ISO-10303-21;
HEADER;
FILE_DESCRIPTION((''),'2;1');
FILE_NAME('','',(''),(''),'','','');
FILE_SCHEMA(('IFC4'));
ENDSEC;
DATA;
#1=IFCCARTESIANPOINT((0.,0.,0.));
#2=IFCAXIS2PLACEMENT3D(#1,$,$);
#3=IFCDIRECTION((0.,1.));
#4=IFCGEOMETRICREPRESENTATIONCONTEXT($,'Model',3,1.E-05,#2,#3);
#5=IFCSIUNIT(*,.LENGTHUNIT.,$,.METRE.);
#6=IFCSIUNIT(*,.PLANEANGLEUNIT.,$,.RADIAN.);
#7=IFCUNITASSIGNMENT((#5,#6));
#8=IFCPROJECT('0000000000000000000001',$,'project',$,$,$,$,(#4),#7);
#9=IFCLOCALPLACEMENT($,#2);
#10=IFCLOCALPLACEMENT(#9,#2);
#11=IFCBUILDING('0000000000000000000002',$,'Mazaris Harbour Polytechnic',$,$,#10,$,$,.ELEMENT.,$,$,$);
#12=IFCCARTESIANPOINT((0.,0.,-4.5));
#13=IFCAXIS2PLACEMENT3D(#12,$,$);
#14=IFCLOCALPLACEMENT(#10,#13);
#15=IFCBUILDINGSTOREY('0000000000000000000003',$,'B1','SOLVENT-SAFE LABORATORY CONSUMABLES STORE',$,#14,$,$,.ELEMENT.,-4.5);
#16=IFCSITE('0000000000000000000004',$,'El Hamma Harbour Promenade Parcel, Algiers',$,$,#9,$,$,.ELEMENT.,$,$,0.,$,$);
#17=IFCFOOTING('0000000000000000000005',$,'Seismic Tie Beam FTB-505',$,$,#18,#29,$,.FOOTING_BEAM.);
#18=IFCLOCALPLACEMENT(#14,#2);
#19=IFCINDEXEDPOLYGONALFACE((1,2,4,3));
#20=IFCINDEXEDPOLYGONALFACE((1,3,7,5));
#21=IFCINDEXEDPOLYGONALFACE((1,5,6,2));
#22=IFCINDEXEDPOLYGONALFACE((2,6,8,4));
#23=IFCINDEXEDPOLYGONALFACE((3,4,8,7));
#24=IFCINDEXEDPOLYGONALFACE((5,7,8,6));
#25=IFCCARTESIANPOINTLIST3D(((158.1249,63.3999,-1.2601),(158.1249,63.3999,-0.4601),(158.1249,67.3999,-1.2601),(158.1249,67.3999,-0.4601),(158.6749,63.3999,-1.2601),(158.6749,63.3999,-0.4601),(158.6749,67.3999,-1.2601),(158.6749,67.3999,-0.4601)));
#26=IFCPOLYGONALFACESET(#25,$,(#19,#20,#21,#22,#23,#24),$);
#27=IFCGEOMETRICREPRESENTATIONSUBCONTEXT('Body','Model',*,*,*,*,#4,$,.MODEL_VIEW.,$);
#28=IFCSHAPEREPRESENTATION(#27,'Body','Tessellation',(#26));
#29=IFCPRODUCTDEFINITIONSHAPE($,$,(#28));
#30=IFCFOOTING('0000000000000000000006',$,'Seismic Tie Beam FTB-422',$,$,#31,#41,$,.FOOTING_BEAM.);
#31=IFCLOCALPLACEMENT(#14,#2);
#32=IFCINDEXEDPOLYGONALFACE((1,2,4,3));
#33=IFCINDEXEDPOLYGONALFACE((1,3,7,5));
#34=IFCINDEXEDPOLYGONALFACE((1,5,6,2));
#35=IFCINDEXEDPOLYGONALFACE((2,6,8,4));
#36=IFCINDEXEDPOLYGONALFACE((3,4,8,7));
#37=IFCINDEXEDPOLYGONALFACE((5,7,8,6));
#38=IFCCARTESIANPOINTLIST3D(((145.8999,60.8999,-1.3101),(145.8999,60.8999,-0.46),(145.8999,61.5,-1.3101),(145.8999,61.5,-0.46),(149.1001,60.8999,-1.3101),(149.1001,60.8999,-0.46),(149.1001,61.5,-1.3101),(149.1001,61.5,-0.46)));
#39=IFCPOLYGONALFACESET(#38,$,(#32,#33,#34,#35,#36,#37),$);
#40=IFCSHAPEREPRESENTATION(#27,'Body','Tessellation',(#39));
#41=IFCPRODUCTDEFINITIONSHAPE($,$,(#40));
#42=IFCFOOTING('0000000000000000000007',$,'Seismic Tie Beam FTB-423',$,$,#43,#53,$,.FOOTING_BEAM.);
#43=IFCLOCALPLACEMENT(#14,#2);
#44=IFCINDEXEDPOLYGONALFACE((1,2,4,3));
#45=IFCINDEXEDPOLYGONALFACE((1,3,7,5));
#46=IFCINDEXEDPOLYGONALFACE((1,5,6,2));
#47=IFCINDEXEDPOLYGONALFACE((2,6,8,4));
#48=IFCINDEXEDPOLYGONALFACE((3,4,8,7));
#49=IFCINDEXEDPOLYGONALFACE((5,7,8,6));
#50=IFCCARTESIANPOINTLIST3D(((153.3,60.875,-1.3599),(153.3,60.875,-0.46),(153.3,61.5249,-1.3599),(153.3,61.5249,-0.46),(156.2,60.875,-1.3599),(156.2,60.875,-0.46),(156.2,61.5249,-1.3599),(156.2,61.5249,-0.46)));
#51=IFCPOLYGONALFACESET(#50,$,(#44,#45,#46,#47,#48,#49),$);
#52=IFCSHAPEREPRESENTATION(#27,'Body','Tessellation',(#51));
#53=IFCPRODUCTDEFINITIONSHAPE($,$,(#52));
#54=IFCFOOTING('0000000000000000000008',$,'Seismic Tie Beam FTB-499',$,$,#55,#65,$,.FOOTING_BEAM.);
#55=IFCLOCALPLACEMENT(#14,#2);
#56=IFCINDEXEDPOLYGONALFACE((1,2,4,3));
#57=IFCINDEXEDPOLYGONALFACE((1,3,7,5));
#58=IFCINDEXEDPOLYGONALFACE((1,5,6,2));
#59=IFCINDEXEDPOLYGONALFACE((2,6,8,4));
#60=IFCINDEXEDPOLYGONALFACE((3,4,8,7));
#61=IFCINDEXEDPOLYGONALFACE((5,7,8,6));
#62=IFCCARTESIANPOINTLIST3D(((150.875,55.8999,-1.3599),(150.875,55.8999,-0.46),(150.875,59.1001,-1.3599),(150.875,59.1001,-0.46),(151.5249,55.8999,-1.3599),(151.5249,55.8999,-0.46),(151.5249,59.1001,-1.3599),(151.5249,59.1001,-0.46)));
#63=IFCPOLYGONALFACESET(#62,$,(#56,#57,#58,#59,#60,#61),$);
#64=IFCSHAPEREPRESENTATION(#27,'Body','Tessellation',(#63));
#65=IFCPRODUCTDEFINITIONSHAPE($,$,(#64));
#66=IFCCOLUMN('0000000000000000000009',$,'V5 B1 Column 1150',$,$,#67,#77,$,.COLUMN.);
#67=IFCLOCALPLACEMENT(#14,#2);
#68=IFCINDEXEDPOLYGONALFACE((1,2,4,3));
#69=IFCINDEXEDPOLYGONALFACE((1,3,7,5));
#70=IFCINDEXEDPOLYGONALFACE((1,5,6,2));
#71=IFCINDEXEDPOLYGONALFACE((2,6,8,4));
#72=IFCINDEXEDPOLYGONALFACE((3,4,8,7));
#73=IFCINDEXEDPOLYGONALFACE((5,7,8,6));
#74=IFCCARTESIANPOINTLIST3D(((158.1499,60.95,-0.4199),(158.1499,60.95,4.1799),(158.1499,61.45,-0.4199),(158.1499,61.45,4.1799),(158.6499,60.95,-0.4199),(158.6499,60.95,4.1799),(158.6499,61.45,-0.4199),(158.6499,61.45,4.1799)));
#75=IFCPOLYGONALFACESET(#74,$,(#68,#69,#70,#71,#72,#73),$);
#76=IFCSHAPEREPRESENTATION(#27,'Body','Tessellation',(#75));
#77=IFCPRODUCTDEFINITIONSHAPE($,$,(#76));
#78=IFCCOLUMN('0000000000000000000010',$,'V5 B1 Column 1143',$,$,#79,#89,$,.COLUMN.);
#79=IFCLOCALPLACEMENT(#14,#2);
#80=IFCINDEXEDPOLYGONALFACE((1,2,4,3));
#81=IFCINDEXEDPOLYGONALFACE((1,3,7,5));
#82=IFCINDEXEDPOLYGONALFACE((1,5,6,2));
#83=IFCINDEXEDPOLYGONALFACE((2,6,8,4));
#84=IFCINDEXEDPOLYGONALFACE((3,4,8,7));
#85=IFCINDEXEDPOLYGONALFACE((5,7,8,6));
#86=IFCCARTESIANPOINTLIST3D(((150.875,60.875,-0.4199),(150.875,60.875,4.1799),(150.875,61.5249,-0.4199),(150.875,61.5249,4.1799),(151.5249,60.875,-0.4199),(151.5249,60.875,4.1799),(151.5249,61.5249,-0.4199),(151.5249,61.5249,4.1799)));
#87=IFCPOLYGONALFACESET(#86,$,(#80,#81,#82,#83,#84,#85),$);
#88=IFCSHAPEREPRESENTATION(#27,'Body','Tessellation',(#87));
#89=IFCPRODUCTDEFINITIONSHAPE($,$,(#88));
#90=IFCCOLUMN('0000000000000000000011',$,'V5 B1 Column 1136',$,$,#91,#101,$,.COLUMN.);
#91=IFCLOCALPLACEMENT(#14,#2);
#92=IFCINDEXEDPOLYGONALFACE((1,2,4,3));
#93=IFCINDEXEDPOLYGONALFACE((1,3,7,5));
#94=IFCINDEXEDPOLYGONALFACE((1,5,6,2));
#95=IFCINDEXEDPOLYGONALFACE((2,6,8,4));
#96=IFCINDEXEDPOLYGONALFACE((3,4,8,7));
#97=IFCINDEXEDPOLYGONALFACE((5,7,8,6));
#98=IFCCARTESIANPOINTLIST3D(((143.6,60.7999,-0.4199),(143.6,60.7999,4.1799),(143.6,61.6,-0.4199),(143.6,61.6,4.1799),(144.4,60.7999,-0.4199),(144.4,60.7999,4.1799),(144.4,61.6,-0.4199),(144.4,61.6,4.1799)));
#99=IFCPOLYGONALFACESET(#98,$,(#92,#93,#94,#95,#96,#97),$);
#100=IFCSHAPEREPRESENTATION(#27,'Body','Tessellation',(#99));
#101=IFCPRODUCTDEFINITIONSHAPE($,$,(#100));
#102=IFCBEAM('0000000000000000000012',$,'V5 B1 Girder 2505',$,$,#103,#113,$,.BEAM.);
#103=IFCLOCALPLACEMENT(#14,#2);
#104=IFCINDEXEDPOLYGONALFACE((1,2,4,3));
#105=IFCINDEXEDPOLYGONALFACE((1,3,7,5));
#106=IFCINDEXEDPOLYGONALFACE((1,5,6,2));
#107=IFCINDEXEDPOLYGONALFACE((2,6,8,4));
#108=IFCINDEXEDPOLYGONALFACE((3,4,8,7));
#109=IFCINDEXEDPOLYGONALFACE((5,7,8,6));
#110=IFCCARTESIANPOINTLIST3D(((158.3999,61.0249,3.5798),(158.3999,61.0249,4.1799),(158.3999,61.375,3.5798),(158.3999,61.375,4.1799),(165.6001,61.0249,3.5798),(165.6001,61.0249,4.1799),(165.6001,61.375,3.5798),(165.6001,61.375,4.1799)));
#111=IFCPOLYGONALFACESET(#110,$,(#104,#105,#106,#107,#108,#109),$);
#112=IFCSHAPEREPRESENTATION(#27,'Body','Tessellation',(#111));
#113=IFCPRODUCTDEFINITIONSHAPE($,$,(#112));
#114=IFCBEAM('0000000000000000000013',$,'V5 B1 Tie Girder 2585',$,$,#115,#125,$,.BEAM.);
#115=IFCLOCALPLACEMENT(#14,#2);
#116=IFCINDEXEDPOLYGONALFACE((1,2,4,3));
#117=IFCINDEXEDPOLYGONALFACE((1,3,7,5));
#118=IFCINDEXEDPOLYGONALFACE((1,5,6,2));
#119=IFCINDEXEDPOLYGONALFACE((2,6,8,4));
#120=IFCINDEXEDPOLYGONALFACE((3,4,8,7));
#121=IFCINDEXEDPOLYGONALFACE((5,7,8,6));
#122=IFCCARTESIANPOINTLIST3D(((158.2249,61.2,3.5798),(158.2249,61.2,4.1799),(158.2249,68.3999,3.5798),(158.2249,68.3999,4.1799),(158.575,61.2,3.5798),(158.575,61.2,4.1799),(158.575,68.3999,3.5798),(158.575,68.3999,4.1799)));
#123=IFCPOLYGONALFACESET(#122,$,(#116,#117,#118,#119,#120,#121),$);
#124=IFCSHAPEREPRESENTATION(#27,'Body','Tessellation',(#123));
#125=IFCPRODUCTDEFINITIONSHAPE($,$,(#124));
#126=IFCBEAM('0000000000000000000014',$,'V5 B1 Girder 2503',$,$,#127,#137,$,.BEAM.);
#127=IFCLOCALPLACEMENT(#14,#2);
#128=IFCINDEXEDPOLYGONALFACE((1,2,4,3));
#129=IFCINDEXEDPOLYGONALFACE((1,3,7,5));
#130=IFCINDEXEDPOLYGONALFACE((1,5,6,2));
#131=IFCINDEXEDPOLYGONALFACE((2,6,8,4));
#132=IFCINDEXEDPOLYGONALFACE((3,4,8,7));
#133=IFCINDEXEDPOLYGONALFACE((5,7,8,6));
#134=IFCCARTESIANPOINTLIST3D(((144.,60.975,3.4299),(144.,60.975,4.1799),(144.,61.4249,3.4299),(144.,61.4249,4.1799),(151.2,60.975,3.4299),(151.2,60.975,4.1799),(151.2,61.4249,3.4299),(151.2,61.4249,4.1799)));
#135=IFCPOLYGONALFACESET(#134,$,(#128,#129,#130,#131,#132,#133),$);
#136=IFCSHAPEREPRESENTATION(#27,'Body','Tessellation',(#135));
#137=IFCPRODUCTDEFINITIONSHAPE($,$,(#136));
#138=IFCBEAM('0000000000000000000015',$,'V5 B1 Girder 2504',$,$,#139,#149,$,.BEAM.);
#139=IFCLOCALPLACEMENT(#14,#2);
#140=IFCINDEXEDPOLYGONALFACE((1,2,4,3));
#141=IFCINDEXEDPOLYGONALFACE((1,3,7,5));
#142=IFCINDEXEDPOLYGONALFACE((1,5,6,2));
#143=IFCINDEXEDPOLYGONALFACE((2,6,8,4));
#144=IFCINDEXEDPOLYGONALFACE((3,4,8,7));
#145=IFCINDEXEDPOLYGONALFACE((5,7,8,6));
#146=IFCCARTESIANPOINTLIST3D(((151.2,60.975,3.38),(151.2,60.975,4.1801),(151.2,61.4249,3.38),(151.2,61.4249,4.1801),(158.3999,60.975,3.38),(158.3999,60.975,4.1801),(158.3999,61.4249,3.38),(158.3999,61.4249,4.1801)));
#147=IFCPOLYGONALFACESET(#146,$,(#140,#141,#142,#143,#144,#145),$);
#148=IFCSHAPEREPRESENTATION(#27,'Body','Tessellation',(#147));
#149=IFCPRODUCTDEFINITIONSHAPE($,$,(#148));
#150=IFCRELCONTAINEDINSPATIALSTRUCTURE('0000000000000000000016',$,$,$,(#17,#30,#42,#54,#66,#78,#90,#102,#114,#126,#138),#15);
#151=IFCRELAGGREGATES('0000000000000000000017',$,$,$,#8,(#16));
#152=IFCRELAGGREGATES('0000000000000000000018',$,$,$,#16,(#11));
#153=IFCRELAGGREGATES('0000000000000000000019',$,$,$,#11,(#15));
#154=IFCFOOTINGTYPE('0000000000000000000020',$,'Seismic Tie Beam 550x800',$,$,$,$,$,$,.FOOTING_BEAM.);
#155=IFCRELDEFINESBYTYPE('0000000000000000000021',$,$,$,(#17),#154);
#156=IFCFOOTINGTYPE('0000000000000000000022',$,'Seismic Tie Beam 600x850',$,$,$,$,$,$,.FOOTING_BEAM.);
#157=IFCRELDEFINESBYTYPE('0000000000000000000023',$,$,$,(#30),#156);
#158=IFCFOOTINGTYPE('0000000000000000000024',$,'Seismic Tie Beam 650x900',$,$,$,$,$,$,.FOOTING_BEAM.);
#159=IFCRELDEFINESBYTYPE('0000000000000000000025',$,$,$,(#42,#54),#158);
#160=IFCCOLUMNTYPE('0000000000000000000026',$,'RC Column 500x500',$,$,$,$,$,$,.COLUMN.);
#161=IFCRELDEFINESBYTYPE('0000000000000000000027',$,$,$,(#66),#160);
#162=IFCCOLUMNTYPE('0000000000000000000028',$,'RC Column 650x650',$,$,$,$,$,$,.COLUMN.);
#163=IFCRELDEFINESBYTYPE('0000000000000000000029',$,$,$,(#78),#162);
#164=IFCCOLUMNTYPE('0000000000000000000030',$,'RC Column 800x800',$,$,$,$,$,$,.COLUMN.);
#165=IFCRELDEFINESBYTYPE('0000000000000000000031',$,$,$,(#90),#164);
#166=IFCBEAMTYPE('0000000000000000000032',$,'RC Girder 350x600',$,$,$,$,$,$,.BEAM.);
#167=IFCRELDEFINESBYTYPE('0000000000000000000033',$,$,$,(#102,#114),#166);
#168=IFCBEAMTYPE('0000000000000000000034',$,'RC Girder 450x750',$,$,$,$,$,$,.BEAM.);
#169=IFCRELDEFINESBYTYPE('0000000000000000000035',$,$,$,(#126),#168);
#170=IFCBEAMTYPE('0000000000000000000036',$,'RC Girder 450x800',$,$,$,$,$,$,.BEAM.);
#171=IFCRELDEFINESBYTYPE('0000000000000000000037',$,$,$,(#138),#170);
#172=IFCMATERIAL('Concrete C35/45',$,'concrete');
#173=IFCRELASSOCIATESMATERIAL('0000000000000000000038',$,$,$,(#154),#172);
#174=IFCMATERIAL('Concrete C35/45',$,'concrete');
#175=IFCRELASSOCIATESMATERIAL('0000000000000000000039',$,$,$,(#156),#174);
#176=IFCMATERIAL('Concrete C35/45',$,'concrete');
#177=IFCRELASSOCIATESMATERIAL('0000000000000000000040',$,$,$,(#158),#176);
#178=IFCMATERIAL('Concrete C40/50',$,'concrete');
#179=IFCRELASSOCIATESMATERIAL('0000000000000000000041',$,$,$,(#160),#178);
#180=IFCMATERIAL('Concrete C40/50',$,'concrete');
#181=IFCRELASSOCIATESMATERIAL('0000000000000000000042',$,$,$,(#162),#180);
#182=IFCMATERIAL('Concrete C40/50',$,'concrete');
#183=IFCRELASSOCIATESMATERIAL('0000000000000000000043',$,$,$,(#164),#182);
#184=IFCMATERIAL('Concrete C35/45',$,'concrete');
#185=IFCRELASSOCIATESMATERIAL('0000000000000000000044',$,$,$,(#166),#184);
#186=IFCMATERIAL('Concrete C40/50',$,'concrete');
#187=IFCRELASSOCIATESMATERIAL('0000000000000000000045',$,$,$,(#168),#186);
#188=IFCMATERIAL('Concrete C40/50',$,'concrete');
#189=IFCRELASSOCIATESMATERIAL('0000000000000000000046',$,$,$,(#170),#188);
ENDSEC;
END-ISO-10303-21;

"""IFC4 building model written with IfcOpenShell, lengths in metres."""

from ifc_helpers import new_model, si_unit, direction, frame, origin, origin_2d, place, context, subcontext, project, spatial, rectangle, extrude, material, material_profile, profile_set, type_object, element, save


model = new_model("IFC4")

# Units and contexts
model_context = context("Model", 3, precision=1e-05, world=origin(), true_north=direction((0.0, 1.0)))
body_context = subcontext(model_context, "Body", "Model", "MODEL_VIEW")
ifc_project = project(units=[si_unit("LENGTHUNIT", "METRE"), si_unit("PLANEANGLEUNIT", "RADIAN")], contexts=[model_context])

# Site, building, storey
site_placement = place(None, origin())
site = spatial("IfcSite", under=ifc_project, at=site_placement, Name="El Hamma Harbour Promenade Parcel, Algiers", CompositionType="ELEMENT", RefElevation=0.0)
building_placement = place(site_placement, origin())
building = spatial("IfcBuilding", under=site, at=building_placement, Name="Mazaris Harbour Polytechnic", CompositionType="ELEMENT")
storey_placement = place(building_placement, frame((0.0, 0.0, -4.5)))
storey = spatial("IfcBuildingStorey", under=building, at=storey_placement, Name="B1", Description="SOLVENT-SAFE LABORATORY CONSUMABLES STORE", CompositionType="ELEMENT", Elevation=-4.5)

# Footings
ifc_material_1 = material(Name="Concrete C35/45", Category="concrete")
ifc_material_profile_1 = material_profile(ifc_material_1, rectangle(XDim=0.55, YDim=0.8, at=origin_2d()), Name="RECT550x800")
ifc_profile_set_1 = profile_set([ifc_material_profile_1], Name="Concrete C35/45")
footing_type_1 = type_object("IfcFootingType", Name="Seismic Tie Beam 550x800", PredefinedType="FOOTING_BEAM", material=ifc_profile_set_1)
footing_1_placement = place(storey_placement, frame((158.3999, 63.3999, -0.8601), z_axis=(0.0, 1.0, 0.0), x_axis=(-1.0, 0.0, 0.0)))
element("IfcFooting", 1, at=footing_1_placement, inside=storey, type_object=footing_type_1, Name="Seismic Tie Beam FTB-505", PredefinedType="FOOTING_BEAM", context=body_context, shape_type="SweptSolid", body=[
    extrude(rectangle(XDim=0.55, YDim=0.8, at=origin_2d()), origin(), (0.0, 0.0, 1.0), 4.0),
])
ifc_material_2 = material(Name="Concrete C35/45", Category="concrete")
ifc_material_profile_2 = material_profile(ifc_material_2, rectangle(XDim=0.6001, YDim=0.8501, at=origin_2d()), Name="RECT600x850")
ifc_profile_set_2 = profile_set([ifc_material_profile_2], Name="Concrete C35/45")
footing_type_2 = type_object("IfcFootingType", Name="Seismic Tie Beam 600x850", PredefinedType="FOOTING_BEAM", material=ifc_profile_set_2)
footing_2_placement = place(storey_placement, frame((145.8999, 61.2, -0.885), z_axis=(1.0, 0.0, 0.0), x_axis=(0.0, 1.0, 0.0)))
element("IfcFooting", 2, at=footing_2_placement, inside=storey, type_object=footing_type_2, Name="Seismic Tie Beam FTB-422", PredefinedType="FOOTING_BEAM", context=body_context, shape_type="SweptSolid", body=[
    extrude(rectangle(XDim=0.6001, YDim=0.8501, at=origin_2d()), origin(), (0.0, 0.0, 1.0), 3.2002),
])
ifc_material_3 = material(Name="Concrete C35/45", Category="concrete")
ifc_material_profile_3 = material_profile(ifc_material_3, rectangle(XDim=0.6499, YDim=0.8999, at=origin_2d()), Name="RECT650x900")
ifc_profile_set_3 = profile_set([ifc_material_profile_3], Name="Concrete C35/45")
footing_type_3 = type_object("IfcFootingType", Name="Seismic Tie Beam 650x900", PredefinedType="FOOTING_BEAM", material=ifc_profile_set_3)
footing_3_placement = place(storey_placement, frame((153.3, 61.2, -0.9099), z_axis=(1.0, 0.0, 0.0), x_axis=(0.0, 1.0, 0.0)))
element("IfcFooting", 3, at=footing_3_placement, inside=storey, type_object=footing_type_3, Name="Seismic Tie Beam FTB-423", PredefinedType="FOOTING_BEAM", context=body_context, shape_type="SweptSolid", body=[
    extrude(rectangle(XDim=0.6499, YDim=0.8999, at=origin_2d()), origin(), (0.0, 0.0, 1.0), 2.8999),
])
footing_4_placement = place(storey_placement, frame((151.2, 55.8999, -0.9099), z_axis=(0.0, 1.0, 0.0), x_axis=(-1.0, 0.0, 0.0)))
element("IfcFooting", 4, at=footing_4_placement, inside=storey, type_object=footing_type_3, Name="Seismic Tie Beam FTB-499", PredefinedType="FOOTING_BEAM", context=body_context, shape_type="SweptSolid", body=[
    extrude(rectangle(XDim=0.6499, YDim=0.8999, at=origin_2d()), origin(), (0.0, 0.0, 1.0), 3.2002),
])

# Columns
ifc_material_4 = material(Name="Concrete C40/50", Category="concrete")
ifc_material_profile_4 = material_profile(ifc_material_4, rectangle(XDim=0.5, YDim=0.5, at=origin_2d()), Name="RECT500x500")
ifc_profile_set_4 = profile_set([ifc_material_profile_4], Name="Concrete C40/50")
column_type_1 = type_object("IfcColumnType", Name="RC Column 500x500", PredefinedType="COLUMN", material=ifc_profile_set_4)
column_1_placement = place(storey_placement, frame((158.3999, 61.2, -0.4199), z_axis=(0.0, 0.0, 1.0), x_axis=(1.0, 0.0, 0.0)))
element("IfcColumn", 5, at=column_1_placement, inside=storey, type_object=column_type_1, Name="V5 B1 Column 1150", PredefinedType="COLUMN", context=body_context, shape_type="SweptSolid", body=[
    extrude(rectangle(XDim=0.5, YDim=0.5, at=origin_2d()), origin(), (0.0, 0.0, 1.0), 4.5999),
])
ifc_material_5 = material(Name="Concrete C40/50", Category="concrete")
ifc_material_profile_5 = material_profile(ifc_material_5, rectangle(XDim=0.6499, YDim=0.6499, at=origin_2d()), Name="RECT650x650")
ifc_profile_set_5 = profile_set([ifc_material_profile_5], Name="Concrete C40/50")
column_type_2 = type_object("IfcColumnType", Name="RC Column 650x650", PredefinedType="COLUMN", material=ifc_profile_set_5)
column_2_placement = place(storey_placement, frame((151.2, 61.2, -0.4199), z_axis=(0.0, 0.0, 1.0), x_axis=(1.0, 0.0, 0.0)))
element("IfcColumn", 6, at=column_2_placement, inside=storey, type_object=column_type_2, Name="V5 B1 Column 1143", PredefinedType="COLUMN", context=body_context, shape_type="SweptSolid", body=[
    extrude(rectangle(XDim=0.6499, YDim=0.6499, at=origin_2d()), origin(), (0.0, 0.0, 1.0), 4.5999),
])
ifc_material_6 = material(Name="Concrete C40/50", Category="concrete")
ifc_material_profile_6 = material_profile(ifc_material_6, rectangle(XDim=0.8, YDim=0.8, at=origin_2d()), Name="RECT800x800")
ifc_profile_set_6 = profile_set([ifc_material_profile_6], Name="Concrete C40/50")
column_type_3 = type_object("IfcColumnType", Name="RC Column 800x800", PredefinedType="COLUMN", material=ifc_profile_set_6)
column_3_placement = place(storey_placement, frame((144.0, 61.2, -0.4199), z_axis=(0.0, 0.0, 1.0), x_axis=(1.0, 0.0, 0.0)))
element("IfcColumn", 7, at=column_3_placement, inside=storey, type_object=column_type_3, Name="V5 B1 Column 1136", PredefinedType="COLUMN", context=body_context, shape_type="SweptSolid", body=[
    extrude(rectangle(XDim=0.8, YDim=0.8, at=origin_2d()), origin(), (0.0, 0.0, 1.0), 4.5999),
])

# Beams
ifc_material_7 = material(Name="Concrete C35/45", Category="concrete")
ifc_material_profile_7 = material_profile(ifc_material_7, rectangle(XDim=0.3501, YDim=0.6001, at=origin_2d()), Name="RECT350x600")
ifc_profile_set_7 = profile_set([ifc_material_profile_7], Name="Concrete C35/45")
beam_type_1 = type_object("IfcBeamType", Name="RC Girder 350x600", PredefinedType="BEAM", material=ifc_profile_set_7)
beam_1_placement = place(storey_placement, frame((158.3999, 61.2, 3.8799), z_axis=(1.0, 0.0, 0.0), x_axis=(0.0, 1.0, 0.0)))
element("IfcBeam", 8, at=beam_1_placement, inside=storey, type_object=beam_type_1, Name="V5 B1 Girder 2505", PredefinedType="BEAM", context=body_context, shape_type="SweptSolid", body=[
    extrude(rectangle(XDim=0.3501, YDim=0.6001, at=origin_2d()), origin(), (0.0, 0.0, 1.0), 7.2002),
])
beam_2_placement = place(storey_placement, frame((158.3999, 61.2, 3.8799), z_axis=(0.0, 1.0, 0.0), x_axis=(-1.0, 0.0, 0.0)))
element("IfcBeam", 9, at=beam_2_placement, inside=storey, type_object=beam_type_1, Name="V5 B1 Tie Girder 2585", PredefinedType="BEAM", context=body_context, shape_type="SweptSolid", body=[
    extrude(rectangle(XDim=0.3501, YDim=0.6001, at=origin_2d()), origin(), (0.0, 0.0, 1.0), 7.2),
])
ifc_material_8 = material(Name="Concrete C40/50", Category="concrete")
ifc_material_profile_8 = material_profile(ifc_material_8, rectangle(XDim=0.45, YDim=0.75, at=origin_2d()), Name="RECT450x750")
ifc_profile_set_8 = profile_set([ifc_material_profile_8], Name="Concrete C40/50")
beam_type_2 = type_object("IfcBeamType", Name="RC Girder 450x750", PredefinedType="BEAM", material=ifc_profile_set_8)
beam_3_placement = place(storey_placement, frame((144.0, 61.2, 3.8049), z_axis=(1.0, 0.0, 0.0), x_axis=(0.0, 1.0, 0.0)))
element("IfcBeam", 10, at=beam_3_placement, inside=storey, type_object=beam_type_2, Name="V5 B1 Girder 2503", PredefinedType="BEAM", context=body_context, shape_type="SweptSolid", body=[
    extrude(rectangle(XDim=0.45, YDim=0.75, at=origin_2d()), origin(), (0.0, 0.0, 1.0), 7.2),
])
ifc_material_9 = material(Name="Concrete C40/50", Category="concrete")
ifc_material_profile_9 = material_profile(ifc_material_9, rectangle(XDim=0.45, YDim=0.8, at=origin_2d()), Name="RECT450x800")
ifc_profile_set_9 = profile_set([ifc_material_profile_9], Name="Concrete C40/50")
beam_type_3 = type_object("IfcBeamType", Name="RC Girder 450x800", PredefinedType="BEAM", material=ifc_profile_set_9)
beam_4_placement = place(storey_placement, frame((151.2, 61.2, 3.78), z_axis=(1.0, 0.0, 0.0), x_axis=(0.0, 1.0, 0.0)))
element("IfcBeam", 11, at=beam_4_placement, inside=storey, type_object=beam_type_3, Name="V5 B1 Girder 2504", PredefinedType="BEAM", context=body_context, shape_type="SweptSolid", body=[
    extrude(rectangle(XDim=0.45, YDim=0.8, at=origin_2d()), origin(), (0.0, 0.0, 1.0), 7.2),
])

save(model, "model.ifc")
